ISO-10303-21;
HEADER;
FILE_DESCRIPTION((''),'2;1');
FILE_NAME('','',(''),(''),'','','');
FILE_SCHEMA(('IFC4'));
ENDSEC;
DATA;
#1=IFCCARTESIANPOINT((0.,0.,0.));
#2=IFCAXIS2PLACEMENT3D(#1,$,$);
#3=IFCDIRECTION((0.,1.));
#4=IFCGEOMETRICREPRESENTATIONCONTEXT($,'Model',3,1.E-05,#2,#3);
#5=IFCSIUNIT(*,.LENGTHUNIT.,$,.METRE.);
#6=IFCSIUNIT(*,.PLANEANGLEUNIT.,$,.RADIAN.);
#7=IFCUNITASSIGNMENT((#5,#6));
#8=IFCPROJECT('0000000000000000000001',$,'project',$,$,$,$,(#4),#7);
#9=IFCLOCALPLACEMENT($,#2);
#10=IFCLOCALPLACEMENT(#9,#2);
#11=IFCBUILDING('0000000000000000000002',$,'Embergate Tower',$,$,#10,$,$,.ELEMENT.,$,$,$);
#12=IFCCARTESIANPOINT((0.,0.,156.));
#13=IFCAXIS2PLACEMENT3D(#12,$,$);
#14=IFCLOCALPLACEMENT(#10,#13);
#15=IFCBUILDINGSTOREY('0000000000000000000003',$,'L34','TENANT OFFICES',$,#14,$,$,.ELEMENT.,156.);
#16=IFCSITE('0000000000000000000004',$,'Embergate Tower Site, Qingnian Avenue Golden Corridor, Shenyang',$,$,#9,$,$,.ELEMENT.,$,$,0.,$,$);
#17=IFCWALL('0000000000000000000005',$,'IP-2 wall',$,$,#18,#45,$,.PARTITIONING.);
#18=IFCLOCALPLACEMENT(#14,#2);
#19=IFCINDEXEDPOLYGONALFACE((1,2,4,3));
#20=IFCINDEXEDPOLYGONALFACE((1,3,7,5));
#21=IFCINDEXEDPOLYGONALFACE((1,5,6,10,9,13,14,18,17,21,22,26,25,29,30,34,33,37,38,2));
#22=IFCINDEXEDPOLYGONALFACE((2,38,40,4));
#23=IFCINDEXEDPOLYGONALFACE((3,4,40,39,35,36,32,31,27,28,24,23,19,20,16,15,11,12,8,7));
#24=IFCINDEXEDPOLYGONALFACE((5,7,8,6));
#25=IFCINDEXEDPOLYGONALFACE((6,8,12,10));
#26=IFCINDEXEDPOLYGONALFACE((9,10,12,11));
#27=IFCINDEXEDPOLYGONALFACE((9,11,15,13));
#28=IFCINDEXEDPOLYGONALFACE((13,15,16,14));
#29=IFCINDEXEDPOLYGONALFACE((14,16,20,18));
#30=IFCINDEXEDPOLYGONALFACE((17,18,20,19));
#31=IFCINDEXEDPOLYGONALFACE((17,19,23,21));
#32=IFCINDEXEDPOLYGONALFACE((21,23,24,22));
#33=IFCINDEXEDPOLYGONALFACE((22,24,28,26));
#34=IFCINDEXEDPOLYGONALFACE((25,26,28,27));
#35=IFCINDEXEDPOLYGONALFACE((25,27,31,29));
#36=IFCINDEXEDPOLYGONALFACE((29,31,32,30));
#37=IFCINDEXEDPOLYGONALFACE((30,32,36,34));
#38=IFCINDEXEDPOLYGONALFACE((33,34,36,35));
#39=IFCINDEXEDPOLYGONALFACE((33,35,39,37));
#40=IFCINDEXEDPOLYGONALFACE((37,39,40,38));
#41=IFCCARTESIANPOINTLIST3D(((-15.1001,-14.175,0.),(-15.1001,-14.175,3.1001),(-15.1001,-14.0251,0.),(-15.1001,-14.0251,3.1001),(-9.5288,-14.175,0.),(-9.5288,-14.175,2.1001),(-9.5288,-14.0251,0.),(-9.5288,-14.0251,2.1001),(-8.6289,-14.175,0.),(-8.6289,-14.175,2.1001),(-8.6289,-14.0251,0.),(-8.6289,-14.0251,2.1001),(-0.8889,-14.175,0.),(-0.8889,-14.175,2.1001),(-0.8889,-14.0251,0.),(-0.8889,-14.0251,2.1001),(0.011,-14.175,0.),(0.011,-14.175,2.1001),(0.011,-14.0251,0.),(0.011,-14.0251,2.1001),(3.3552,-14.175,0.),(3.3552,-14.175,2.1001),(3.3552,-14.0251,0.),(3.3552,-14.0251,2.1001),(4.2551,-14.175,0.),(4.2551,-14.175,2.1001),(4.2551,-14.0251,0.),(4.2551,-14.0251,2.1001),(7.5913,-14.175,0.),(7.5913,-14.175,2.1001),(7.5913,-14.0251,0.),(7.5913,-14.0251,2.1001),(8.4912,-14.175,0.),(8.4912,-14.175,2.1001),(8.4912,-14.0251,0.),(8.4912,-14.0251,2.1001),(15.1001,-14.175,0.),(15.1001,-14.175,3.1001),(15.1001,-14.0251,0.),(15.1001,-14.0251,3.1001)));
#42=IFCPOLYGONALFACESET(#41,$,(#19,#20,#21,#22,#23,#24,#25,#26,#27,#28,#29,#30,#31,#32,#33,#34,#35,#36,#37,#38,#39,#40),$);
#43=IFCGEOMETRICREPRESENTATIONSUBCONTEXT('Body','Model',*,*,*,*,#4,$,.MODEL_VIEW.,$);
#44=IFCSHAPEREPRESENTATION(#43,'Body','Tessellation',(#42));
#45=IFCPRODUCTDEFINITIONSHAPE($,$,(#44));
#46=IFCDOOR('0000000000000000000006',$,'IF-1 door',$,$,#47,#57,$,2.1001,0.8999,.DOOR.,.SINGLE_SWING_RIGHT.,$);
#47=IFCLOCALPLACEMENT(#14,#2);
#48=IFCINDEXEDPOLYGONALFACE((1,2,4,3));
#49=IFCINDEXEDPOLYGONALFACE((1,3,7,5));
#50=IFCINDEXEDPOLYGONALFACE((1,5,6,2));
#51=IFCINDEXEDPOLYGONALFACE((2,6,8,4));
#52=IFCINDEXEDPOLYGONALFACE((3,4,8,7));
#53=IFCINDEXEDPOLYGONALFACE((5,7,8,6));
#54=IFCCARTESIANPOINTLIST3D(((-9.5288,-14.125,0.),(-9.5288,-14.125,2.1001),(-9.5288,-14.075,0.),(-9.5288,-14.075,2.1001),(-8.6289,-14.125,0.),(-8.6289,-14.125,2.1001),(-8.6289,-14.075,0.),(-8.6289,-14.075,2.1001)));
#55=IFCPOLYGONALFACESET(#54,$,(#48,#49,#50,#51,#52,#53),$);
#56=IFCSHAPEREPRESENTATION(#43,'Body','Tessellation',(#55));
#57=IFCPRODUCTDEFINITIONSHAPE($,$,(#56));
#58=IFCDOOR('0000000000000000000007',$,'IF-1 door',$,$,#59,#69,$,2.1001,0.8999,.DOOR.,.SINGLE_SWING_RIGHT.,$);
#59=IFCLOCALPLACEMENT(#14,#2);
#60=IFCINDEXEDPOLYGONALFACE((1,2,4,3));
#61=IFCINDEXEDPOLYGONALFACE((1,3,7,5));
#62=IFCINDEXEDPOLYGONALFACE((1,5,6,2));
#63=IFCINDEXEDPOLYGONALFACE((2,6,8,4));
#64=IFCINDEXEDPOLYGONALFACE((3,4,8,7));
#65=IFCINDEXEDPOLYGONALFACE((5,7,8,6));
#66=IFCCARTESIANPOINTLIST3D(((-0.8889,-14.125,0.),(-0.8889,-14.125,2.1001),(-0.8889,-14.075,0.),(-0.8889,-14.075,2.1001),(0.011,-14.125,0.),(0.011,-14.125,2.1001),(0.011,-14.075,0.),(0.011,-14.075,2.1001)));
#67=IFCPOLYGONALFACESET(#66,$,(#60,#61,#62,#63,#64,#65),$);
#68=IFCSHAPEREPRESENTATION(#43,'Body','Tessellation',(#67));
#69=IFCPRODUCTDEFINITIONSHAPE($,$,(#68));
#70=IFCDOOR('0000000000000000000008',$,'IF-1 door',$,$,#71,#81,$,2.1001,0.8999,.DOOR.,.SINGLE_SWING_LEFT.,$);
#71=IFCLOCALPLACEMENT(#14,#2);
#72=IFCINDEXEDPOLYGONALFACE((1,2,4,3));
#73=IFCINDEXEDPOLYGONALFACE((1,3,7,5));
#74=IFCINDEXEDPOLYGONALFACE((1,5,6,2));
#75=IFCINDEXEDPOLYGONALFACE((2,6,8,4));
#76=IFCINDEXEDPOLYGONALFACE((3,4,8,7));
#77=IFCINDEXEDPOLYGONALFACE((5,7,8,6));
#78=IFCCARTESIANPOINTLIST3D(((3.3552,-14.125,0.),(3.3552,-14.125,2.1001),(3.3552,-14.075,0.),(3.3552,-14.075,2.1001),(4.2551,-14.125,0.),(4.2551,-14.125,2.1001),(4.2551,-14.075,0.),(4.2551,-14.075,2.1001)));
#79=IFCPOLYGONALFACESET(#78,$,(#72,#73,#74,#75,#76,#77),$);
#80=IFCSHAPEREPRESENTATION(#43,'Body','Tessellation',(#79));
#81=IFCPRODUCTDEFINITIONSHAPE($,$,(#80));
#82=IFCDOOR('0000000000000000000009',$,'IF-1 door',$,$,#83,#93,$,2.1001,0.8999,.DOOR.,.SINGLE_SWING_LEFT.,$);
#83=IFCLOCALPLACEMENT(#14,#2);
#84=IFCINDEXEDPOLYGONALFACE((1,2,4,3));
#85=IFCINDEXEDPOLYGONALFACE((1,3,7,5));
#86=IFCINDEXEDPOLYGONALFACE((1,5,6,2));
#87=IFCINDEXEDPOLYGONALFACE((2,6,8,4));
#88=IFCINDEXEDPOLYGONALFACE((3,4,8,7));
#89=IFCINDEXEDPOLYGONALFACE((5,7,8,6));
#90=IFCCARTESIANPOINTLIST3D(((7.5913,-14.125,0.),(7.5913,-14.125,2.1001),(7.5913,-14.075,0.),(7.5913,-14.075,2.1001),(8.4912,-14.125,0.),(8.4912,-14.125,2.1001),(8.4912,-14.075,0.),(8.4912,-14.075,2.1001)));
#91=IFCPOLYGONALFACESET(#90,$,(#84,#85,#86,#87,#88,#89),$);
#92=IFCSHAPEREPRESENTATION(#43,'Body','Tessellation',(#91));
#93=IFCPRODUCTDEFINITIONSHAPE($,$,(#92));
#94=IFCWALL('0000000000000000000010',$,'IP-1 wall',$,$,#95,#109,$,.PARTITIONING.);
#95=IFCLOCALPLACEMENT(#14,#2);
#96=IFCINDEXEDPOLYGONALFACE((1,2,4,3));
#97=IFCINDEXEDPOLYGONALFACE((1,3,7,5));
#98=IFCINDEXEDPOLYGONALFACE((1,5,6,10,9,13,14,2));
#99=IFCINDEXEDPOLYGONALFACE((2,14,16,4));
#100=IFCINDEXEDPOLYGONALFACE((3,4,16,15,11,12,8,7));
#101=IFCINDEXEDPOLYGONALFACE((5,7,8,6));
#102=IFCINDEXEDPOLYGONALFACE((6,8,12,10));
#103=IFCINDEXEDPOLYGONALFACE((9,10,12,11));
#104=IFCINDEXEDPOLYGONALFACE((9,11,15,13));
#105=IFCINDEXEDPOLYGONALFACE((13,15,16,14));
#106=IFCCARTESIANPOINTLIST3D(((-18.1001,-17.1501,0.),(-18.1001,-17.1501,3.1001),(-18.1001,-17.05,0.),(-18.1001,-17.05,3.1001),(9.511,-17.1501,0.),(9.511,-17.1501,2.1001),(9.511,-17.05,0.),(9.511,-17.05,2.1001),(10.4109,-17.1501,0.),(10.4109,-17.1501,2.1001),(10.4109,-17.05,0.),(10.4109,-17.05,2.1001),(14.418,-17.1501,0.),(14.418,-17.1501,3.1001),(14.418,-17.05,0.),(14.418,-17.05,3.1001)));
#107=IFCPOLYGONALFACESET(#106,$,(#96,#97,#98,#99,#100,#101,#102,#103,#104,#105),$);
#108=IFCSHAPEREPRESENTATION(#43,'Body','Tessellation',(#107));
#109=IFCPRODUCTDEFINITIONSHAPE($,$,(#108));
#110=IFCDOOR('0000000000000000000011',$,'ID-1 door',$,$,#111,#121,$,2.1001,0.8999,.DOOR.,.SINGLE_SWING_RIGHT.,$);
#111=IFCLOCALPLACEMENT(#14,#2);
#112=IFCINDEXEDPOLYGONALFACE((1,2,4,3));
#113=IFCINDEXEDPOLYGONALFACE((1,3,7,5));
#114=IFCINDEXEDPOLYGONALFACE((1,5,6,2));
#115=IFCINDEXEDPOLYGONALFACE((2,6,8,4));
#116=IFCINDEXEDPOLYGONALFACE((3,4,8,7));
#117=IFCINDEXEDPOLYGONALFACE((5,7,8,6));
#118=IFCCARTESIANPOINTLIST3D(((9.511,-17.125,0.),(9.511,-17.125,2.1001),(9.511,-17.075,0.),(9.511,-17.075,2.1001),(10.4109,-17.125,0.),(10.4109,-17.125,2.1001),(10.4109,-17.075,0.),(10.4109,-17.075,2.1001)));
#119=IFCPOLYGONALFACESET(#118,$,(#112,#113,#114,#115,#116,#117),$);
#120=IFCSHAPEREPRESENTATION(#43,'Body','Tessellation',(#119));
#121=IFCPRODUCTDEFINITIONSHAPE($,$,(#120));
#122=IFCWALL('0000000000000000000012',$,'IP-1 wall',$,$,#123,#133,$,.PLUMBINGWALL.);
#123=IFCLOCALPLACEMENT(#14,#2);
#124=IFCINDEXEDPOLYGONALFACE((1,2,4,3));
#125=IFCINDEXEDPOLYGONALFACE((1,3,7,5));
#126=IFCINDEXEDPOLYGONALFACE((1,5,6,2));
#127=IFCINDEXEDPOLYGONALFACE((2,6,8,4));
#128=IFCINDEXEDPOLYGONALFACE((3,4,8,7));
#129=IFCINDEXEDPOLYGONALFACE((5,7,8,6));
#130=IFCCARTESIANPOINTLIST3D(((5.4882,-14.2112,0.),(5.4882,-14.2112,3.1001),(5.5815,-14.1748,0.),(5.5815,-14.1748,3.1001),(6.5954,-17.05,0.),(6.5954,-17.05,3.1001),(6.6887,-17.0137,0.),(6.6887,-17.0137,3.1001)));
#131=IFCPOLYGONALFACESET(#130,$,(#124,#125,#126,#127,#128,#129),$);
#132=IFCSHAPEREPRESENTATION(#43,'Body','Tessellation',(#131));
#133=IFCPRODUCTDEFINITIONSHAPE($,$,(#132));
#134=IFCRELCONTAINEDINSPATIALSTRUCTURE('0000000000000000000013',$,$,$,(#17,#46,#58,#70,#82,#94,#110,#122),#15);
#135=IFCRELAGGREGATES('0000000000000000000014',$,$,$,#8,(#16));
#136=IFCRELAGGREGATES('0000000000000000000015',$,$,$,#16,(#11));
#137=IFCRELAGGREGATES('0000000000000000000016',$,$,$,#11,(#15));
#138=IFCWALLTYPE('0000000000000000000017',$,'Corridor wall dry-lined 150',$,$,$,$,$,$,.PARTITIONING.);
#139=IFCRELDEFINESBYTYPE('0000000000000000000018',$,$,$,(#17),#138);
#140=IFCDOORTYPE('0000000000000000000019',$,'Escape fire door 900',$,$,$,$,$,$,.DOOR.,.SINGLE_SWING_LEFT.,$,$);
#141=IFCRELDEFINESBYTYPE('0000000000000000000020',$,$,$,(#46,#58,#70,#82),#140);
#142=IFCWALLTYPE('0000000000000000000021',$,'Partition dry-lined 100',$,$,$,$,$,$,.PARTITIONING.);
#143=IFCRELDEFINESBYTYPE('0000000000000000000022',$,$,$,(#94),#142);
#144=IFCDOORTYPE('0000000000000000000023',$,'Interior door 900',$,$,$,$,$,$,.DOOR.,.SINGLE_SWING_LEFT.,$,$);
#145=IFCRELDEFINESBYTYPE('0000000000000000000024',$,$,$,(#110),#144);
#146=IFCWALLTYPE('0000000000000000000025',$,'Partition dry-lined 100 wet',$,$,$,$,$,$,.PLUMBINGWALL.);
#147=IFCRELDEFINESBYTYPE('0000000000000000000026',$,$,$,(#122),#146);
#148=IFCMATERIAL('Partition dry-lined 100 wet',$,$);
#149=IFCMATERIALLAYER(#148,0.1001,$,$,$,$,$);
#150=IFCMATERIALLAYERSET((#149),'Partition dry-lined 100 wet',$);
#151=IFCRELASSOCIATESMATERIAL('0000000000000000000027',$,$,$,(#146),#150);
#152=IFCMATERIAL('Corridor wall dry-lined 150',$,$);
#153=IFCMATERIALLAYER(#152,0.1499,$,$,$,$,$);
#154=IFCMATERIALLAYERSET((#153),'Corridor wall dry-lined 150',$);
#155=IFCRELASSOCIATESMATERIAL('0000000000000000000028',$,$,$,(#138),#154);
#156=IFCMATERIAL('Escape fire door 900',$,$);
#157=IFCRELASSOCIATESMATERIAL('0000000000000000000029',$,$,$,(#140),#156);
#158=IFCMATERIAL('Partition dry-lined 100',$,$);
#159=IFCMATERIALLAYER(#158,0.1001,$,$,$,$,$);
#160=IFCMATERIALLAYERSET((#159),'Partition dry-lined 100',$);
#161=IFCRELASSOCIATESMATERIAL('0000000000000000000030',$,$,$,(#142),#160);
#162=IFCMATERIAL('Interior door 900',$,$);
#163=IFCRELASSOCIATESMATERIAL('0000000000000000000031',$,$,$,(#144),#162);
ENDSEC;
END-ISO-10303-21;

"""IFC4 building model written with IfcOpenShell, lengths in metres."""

from ifc_helpers import new_model, si_unit, direction, frame, frame_2d, origin, place, context, subcontext, project, spatial, rectangle, extrude, source, transform, mapped, material, layer, layer_set, type_object, element, fill, save


model = new_model("IFC4")

# Units and contexts
model_context = context("Model", 3, precision=1e-05, world=origin(), true_north=direction((0.0, 1.0)))
body_context = subcontext(model_context, "Body", "Model", "MODEL_VIEW")
ifc_project = project(units=[si_unit("LENGTHUNIT", "METRE"), si_unit("PLANEANGLEUNIT", "RADIAN")], contexts=[model_context])

# Site, building, storey
site_placement = place(None, origin())
site = spatial("IfcSite", under=ifc_project, at=site_placement, Name="Embergate Tower Site, Qingnian Avenue Golden Corridor, Shenyang", CompositionType="ELEMENT", RefElevation=0.0)
building_placement = place(site_placement, origin())
building = spatial("IfcBuilding", under=site, at=building_placement, Name="Embergate Tower", CompositionType="ELEMENT")
storey_placement = place(building_placement, frame((0.0, 0.0, 156.0)))
storey = spatial("IfcBuildingStorey", under=building, at=storey_placement, Name="L34", Description="TENANT OFFICES", CompositionType="ELEMENT", Elevation=156.0)

# Shared definitions
ifc_material_1 = material(Name="Partition dry-lined 100 wet")
ifc_layer_1 = layer(ifc_material_1, 0.1001)
ifc_layer_set_1 = layer_set([ifc_layer_1], Name="Partition dry-lined 100 wet")
wall_type_1 = type_object("IfcWallType", Name="Partition dry-lined 100 wet", PredefinedType="PLUMBINGWALL", material=ifc_layer_set_1)

# Wall, openings, doors
ifc_material_2 = material(Name="Corridor wall dry-lined 150")
ifc_layer_2 = layer(ifc_material_2, 0.1499)
ifc_layer_set_2 = layer_set([ifc_layer_2], Name="Corridor wall dry-lined 150")
wall_type_2 = type_object("IfcWallType", Name="Corridor wall dry-lined 150", PredefinedType="PARTITIONING", material=ifc_layer_set_2)
shared_shape_1 = source(origin(), body_context, "Body", "SweptSolid", [
    extrude(rectangle(XDim=30.2002, YDim=0.1499, at=frame_2d((15.1001, 0.0))), origin(), (0.0, 0.0, 1.0), 3.1001),
])
wall_1_placement = place(storey_placement, frame((15.1001, -14.1001, 0.0), z_axis=(0.0, 0.0, 1.0), x_axis=(-1.0, 0.0, 0.0)))
wall_1 = element("IfcWall", 1, at=wall_1_placement, inside=storey, type_object=wall_type_2, Name="IP-2 wall", PredefinedType="PARTITIONING", context=body_context, shape_type="MappedRepresentation", body=[
    mapped(shared_shape_1, transform((0.0, 0.0, 0.0))),
])
shared_shape_2 = source(origin(), body_context, "Body", "SweptSolid", [
    extrude(rectangle(XDim=0.8999, YDim=2.1001, at=frame_2d((0.45, 1.05))), frame((0.0, 0.085, 0.0), z_axis=(0.0, -1.0, 0.0), x_axis=(1.0, 0.0, 0.0)), (0.0, 0.0, 1.0), 0.1699),
])
opening_1_placement = place(wall_1_placement, frame((23.729, 0.0, 0.0)))
opening_1 = element("IfcOpeningElement", 2, at=opening_1_placement, cuts=wall_1, PredefinedType="OPENING", context=body_context, shape_type="MappedRepresentation", body=[
    mapped(shared_shape_2, transform((0.0, 0.0, 0.0))),
])
opening_2_placement = place(wall_1_placement, frame((15.0891, 0.0, 0.0)))
opening_2 = element("IfcOpeningElement", 3, at=opening_2_placement, cuts=wall_1, PredefinedType="OPENING", context=body_context, shape_type="MappedRepresentation", body=[
    mapped(shared_shape_2, transform((0.0, 0.0, 0.0))),
])
opening_3_placement = place(wall_1_placement, frame((10.845, 0.0, 0.0)))
opening_3 = element("IfcOpeningElement", 4, at=opening_3_placement, cuts=wall_1, PredefinedType="OPENING", context=body_context, shape_type="MappedRepresentation", body=[
    mapped(shared_shape_2, transform((0.0, 0.0, 0.0))),
])
opening_4_placement = place(wall_1_placement, frame((6.6089, 0.0, 0.0)))
opening_4 = element("IfcOpeningElement", 5, at=opening_4_placement, cuts=wall_1, PredefinedType="OPENING", context=body_context, shape_type="MappedRepresentation", body=[
    mapped(shared_shape_2, transform((0.0, 0.0, 0.0))),
])
ifc_material_3 = material(Name="Escape fire door 900")
door_type_1 = type_object("IfcDoorType", Name="Escape fire door 900", OperationType="SINGLE_SWING_LEFT", PredefinedType="DOOR", material=ifc_material_3)
shared_shape_3 = source(origin(), body_context, "Body", "SweptSolid", [
    extrude(rectangle(XDim=0.8999, YDim=2.1001, at=frame_2d((0.45, 1.05))), frame((0.0, 0.0249, 0.0), z_axis=(0.0, -1.0, 0.0), x_axis=(1.0, 0.0, 0.0)), (0.0, 0.0, 1.0), 0.05),
])
door_1_placement = place(opening_1_placement, origin())
door_1 = element("IfcDoor", 6, at=door_1_placement, inside=storey, type_object=door_type_1, Name="IF-1 door", OperationType="SINGLE_SWING_RIGHT", OverallHeight=2.1001, OverallWidth=0.8999, PredefinedType="DOOR", context=body_context, shape_type="MappedRepresentation", body=[
    mapped(shared_shape_3, transform((0.0, 0.0, 0.0))),
])
fill(opening_1, door_1)
door_2_placement = place(opening_2_placement, origin())
door_2 = element("IfcDoor", 7, at=door_2_placement, inside=storey, type_object=door_type_1, Name="IF-1 door", OperationType="SINGLE_SWING_RIGHT", OverallHeight=2.1001, OverallWidth=0.8999, PredefinedType="DOOR", context=body_context, shape_type="MappedRepresentation", body=[
    mapped(shared_shape_3, transform((0.0, 0.0, 0.0))),
])
fill(opening_2, door_2)
door_3_placement = place(opening_3_placement, origin())
door_3 = element("IfcDoor", 8, at=door_3_placement, inside=storey, type_object=door_type_1, Name="IF-1 door", OperationType="SINGLE_SWING_LEFT", OverallHeight=2.1001, OverallWidth=0.8999, PredefinedType="DOOR", context=body_context, shape_type="MappedRepresentation", body=[
    mapped(shared_shape_3, transform((0.0, 0.0, 0.0))),
])
fill(opening_3, door_3)
door_4_placement = place(opening_4_placement, origin())
door_4 = element("IfcDoor", 9, at=door_4_placement, inside=storey, type_object=door_type_1, Name="IF-1 door", OperationType="SINGLE_SWING_LEFT", OverallHeight=2.1001, OverallWidth=0.8999, PredefinedType="DOOR", context=body_context, shape_type="MappedRepresentation", body=[
    mapped(shared_shape_3, transform((0.0, 0.0, 0.0))),
])
fill(opening_4, door_4)

# Wall, opening, door
ifc_material_4 = material(Name="Partition dry-lined 100")
ifc_layer_3 = layer(ifc_material_4, 0.1001)
ifc_layer_set_3 = layer_set([ifc_layer_3], Name="Partition dry-lined 100")
wall_type_3 = type_object("IfcWallType", Name="Partition dry-lined 100", PredefinedType="PARTITIONING", material=ifc_layer_set_3)
shared_shape_4 = source(origin(), body_context, "Body", "SweptSolid", [
    extrude(rectangle(XDim=32.5181, YDim=0.1001, at=frame_2d((16.259, 0.0))), origin(), (0.0, 0.0, 1.0), 3.1001),
])
wall_2_placement = place(storey_placement, frame((14.418, -17.1001, 0.0), z_axis=(0.0, 0.0, 1.0), x_axis=(-1.0, 0.0, 0.0)))
wall_2 = element("IfcWall", 10, at=wall_2_placement, inside=storey, type_object=wall_type_3, Name="IP-1 wall", PredefinedType="PARTITIONING", context=body_context, shape_type="MappedRepresentation", body=[
    mapped(shared_shape_4, transform((0.0, 0.0, 0.0))),
])
shared_shape_5 = source(origin(), body_context, "Body", "SweptSolid", [
    extrude(rectangle(XDim=0.8999, YDim=2.1001, at=frame_2d((0.45, 1.05))), frame((0.0, 0.0601, 0.0), z_axis=(0.0, -1.0, 0.0), x_axis=(1.0, 0.0, 0.0)), (0.0, 0.0, 1.0), 0.1201),
])
opening_5_placement = place(wall_2_placement, frame((4.0071, 0.0, 0.0)))
opening_5 = element("IfcOpeningElement", 11, at=opening_5_placement, cuts=wall_2, PredefinedType="OPENING", context=body_context, shape_type="MappedRepresentation", body=[
    mapped(shared_shape_5, transform((0.0, 0.0, 0.0))),
])
ifc_material_5 = material(Name="Interior door 900")
door_type_2 = type_object("IfcDoorType", Name="Interior door 900", OperationType="SINGLE_SWING_LEFT", PredefinedType="DOOR", material=ifc_material_5)
door_5_placement = place(opening_5_placement, origin())
door_5 = element("IfcDoor", 12, at=door_5_placement, inside=storey, type_object=door_type_2, Name="ID-1 door", OperationType="SINGLE_SWING_RIGHT", OverallHeight=2.1001, OverallWidth=0.8999, PredefinedType="DOOR", context=body_context, shape_type="MappedRepresentation", body=[
    mapped(shared_shape_3, transform((0.0, 0.0, 0.0))),
])
fill(opening_5, door_5)

# Wall
shared_shape_6 = source(origin(), body_context, "Body", "SweptSolid", [
    extrude(rectangle(XDim=3.0471, YDim=0.1001, at=frame_2d((1.5234, 0.0))), origin(), (0.0, 0.0, 1.0), 3.1001),
])
wall_3_placement = place(storey_placement, frame((5.5349, -14.1931, 0.0), z_axis=(0.0, 0.0, 1.0), x_axis=(0.363351, -0.931652, 0.0)))
element("IfcWall", 13, at=wall_3_placement, inside=storey, type_object=wall_type_1, Name="IP-1 wall", PredefinedType="PLUMBINGWALL", context=body_context, shape_type="MappedRepresentation", body=[
    mapped(shared_shape_6, transform((0.0, 0.0, 0.0))),
])

save(model, "model.ifc")
